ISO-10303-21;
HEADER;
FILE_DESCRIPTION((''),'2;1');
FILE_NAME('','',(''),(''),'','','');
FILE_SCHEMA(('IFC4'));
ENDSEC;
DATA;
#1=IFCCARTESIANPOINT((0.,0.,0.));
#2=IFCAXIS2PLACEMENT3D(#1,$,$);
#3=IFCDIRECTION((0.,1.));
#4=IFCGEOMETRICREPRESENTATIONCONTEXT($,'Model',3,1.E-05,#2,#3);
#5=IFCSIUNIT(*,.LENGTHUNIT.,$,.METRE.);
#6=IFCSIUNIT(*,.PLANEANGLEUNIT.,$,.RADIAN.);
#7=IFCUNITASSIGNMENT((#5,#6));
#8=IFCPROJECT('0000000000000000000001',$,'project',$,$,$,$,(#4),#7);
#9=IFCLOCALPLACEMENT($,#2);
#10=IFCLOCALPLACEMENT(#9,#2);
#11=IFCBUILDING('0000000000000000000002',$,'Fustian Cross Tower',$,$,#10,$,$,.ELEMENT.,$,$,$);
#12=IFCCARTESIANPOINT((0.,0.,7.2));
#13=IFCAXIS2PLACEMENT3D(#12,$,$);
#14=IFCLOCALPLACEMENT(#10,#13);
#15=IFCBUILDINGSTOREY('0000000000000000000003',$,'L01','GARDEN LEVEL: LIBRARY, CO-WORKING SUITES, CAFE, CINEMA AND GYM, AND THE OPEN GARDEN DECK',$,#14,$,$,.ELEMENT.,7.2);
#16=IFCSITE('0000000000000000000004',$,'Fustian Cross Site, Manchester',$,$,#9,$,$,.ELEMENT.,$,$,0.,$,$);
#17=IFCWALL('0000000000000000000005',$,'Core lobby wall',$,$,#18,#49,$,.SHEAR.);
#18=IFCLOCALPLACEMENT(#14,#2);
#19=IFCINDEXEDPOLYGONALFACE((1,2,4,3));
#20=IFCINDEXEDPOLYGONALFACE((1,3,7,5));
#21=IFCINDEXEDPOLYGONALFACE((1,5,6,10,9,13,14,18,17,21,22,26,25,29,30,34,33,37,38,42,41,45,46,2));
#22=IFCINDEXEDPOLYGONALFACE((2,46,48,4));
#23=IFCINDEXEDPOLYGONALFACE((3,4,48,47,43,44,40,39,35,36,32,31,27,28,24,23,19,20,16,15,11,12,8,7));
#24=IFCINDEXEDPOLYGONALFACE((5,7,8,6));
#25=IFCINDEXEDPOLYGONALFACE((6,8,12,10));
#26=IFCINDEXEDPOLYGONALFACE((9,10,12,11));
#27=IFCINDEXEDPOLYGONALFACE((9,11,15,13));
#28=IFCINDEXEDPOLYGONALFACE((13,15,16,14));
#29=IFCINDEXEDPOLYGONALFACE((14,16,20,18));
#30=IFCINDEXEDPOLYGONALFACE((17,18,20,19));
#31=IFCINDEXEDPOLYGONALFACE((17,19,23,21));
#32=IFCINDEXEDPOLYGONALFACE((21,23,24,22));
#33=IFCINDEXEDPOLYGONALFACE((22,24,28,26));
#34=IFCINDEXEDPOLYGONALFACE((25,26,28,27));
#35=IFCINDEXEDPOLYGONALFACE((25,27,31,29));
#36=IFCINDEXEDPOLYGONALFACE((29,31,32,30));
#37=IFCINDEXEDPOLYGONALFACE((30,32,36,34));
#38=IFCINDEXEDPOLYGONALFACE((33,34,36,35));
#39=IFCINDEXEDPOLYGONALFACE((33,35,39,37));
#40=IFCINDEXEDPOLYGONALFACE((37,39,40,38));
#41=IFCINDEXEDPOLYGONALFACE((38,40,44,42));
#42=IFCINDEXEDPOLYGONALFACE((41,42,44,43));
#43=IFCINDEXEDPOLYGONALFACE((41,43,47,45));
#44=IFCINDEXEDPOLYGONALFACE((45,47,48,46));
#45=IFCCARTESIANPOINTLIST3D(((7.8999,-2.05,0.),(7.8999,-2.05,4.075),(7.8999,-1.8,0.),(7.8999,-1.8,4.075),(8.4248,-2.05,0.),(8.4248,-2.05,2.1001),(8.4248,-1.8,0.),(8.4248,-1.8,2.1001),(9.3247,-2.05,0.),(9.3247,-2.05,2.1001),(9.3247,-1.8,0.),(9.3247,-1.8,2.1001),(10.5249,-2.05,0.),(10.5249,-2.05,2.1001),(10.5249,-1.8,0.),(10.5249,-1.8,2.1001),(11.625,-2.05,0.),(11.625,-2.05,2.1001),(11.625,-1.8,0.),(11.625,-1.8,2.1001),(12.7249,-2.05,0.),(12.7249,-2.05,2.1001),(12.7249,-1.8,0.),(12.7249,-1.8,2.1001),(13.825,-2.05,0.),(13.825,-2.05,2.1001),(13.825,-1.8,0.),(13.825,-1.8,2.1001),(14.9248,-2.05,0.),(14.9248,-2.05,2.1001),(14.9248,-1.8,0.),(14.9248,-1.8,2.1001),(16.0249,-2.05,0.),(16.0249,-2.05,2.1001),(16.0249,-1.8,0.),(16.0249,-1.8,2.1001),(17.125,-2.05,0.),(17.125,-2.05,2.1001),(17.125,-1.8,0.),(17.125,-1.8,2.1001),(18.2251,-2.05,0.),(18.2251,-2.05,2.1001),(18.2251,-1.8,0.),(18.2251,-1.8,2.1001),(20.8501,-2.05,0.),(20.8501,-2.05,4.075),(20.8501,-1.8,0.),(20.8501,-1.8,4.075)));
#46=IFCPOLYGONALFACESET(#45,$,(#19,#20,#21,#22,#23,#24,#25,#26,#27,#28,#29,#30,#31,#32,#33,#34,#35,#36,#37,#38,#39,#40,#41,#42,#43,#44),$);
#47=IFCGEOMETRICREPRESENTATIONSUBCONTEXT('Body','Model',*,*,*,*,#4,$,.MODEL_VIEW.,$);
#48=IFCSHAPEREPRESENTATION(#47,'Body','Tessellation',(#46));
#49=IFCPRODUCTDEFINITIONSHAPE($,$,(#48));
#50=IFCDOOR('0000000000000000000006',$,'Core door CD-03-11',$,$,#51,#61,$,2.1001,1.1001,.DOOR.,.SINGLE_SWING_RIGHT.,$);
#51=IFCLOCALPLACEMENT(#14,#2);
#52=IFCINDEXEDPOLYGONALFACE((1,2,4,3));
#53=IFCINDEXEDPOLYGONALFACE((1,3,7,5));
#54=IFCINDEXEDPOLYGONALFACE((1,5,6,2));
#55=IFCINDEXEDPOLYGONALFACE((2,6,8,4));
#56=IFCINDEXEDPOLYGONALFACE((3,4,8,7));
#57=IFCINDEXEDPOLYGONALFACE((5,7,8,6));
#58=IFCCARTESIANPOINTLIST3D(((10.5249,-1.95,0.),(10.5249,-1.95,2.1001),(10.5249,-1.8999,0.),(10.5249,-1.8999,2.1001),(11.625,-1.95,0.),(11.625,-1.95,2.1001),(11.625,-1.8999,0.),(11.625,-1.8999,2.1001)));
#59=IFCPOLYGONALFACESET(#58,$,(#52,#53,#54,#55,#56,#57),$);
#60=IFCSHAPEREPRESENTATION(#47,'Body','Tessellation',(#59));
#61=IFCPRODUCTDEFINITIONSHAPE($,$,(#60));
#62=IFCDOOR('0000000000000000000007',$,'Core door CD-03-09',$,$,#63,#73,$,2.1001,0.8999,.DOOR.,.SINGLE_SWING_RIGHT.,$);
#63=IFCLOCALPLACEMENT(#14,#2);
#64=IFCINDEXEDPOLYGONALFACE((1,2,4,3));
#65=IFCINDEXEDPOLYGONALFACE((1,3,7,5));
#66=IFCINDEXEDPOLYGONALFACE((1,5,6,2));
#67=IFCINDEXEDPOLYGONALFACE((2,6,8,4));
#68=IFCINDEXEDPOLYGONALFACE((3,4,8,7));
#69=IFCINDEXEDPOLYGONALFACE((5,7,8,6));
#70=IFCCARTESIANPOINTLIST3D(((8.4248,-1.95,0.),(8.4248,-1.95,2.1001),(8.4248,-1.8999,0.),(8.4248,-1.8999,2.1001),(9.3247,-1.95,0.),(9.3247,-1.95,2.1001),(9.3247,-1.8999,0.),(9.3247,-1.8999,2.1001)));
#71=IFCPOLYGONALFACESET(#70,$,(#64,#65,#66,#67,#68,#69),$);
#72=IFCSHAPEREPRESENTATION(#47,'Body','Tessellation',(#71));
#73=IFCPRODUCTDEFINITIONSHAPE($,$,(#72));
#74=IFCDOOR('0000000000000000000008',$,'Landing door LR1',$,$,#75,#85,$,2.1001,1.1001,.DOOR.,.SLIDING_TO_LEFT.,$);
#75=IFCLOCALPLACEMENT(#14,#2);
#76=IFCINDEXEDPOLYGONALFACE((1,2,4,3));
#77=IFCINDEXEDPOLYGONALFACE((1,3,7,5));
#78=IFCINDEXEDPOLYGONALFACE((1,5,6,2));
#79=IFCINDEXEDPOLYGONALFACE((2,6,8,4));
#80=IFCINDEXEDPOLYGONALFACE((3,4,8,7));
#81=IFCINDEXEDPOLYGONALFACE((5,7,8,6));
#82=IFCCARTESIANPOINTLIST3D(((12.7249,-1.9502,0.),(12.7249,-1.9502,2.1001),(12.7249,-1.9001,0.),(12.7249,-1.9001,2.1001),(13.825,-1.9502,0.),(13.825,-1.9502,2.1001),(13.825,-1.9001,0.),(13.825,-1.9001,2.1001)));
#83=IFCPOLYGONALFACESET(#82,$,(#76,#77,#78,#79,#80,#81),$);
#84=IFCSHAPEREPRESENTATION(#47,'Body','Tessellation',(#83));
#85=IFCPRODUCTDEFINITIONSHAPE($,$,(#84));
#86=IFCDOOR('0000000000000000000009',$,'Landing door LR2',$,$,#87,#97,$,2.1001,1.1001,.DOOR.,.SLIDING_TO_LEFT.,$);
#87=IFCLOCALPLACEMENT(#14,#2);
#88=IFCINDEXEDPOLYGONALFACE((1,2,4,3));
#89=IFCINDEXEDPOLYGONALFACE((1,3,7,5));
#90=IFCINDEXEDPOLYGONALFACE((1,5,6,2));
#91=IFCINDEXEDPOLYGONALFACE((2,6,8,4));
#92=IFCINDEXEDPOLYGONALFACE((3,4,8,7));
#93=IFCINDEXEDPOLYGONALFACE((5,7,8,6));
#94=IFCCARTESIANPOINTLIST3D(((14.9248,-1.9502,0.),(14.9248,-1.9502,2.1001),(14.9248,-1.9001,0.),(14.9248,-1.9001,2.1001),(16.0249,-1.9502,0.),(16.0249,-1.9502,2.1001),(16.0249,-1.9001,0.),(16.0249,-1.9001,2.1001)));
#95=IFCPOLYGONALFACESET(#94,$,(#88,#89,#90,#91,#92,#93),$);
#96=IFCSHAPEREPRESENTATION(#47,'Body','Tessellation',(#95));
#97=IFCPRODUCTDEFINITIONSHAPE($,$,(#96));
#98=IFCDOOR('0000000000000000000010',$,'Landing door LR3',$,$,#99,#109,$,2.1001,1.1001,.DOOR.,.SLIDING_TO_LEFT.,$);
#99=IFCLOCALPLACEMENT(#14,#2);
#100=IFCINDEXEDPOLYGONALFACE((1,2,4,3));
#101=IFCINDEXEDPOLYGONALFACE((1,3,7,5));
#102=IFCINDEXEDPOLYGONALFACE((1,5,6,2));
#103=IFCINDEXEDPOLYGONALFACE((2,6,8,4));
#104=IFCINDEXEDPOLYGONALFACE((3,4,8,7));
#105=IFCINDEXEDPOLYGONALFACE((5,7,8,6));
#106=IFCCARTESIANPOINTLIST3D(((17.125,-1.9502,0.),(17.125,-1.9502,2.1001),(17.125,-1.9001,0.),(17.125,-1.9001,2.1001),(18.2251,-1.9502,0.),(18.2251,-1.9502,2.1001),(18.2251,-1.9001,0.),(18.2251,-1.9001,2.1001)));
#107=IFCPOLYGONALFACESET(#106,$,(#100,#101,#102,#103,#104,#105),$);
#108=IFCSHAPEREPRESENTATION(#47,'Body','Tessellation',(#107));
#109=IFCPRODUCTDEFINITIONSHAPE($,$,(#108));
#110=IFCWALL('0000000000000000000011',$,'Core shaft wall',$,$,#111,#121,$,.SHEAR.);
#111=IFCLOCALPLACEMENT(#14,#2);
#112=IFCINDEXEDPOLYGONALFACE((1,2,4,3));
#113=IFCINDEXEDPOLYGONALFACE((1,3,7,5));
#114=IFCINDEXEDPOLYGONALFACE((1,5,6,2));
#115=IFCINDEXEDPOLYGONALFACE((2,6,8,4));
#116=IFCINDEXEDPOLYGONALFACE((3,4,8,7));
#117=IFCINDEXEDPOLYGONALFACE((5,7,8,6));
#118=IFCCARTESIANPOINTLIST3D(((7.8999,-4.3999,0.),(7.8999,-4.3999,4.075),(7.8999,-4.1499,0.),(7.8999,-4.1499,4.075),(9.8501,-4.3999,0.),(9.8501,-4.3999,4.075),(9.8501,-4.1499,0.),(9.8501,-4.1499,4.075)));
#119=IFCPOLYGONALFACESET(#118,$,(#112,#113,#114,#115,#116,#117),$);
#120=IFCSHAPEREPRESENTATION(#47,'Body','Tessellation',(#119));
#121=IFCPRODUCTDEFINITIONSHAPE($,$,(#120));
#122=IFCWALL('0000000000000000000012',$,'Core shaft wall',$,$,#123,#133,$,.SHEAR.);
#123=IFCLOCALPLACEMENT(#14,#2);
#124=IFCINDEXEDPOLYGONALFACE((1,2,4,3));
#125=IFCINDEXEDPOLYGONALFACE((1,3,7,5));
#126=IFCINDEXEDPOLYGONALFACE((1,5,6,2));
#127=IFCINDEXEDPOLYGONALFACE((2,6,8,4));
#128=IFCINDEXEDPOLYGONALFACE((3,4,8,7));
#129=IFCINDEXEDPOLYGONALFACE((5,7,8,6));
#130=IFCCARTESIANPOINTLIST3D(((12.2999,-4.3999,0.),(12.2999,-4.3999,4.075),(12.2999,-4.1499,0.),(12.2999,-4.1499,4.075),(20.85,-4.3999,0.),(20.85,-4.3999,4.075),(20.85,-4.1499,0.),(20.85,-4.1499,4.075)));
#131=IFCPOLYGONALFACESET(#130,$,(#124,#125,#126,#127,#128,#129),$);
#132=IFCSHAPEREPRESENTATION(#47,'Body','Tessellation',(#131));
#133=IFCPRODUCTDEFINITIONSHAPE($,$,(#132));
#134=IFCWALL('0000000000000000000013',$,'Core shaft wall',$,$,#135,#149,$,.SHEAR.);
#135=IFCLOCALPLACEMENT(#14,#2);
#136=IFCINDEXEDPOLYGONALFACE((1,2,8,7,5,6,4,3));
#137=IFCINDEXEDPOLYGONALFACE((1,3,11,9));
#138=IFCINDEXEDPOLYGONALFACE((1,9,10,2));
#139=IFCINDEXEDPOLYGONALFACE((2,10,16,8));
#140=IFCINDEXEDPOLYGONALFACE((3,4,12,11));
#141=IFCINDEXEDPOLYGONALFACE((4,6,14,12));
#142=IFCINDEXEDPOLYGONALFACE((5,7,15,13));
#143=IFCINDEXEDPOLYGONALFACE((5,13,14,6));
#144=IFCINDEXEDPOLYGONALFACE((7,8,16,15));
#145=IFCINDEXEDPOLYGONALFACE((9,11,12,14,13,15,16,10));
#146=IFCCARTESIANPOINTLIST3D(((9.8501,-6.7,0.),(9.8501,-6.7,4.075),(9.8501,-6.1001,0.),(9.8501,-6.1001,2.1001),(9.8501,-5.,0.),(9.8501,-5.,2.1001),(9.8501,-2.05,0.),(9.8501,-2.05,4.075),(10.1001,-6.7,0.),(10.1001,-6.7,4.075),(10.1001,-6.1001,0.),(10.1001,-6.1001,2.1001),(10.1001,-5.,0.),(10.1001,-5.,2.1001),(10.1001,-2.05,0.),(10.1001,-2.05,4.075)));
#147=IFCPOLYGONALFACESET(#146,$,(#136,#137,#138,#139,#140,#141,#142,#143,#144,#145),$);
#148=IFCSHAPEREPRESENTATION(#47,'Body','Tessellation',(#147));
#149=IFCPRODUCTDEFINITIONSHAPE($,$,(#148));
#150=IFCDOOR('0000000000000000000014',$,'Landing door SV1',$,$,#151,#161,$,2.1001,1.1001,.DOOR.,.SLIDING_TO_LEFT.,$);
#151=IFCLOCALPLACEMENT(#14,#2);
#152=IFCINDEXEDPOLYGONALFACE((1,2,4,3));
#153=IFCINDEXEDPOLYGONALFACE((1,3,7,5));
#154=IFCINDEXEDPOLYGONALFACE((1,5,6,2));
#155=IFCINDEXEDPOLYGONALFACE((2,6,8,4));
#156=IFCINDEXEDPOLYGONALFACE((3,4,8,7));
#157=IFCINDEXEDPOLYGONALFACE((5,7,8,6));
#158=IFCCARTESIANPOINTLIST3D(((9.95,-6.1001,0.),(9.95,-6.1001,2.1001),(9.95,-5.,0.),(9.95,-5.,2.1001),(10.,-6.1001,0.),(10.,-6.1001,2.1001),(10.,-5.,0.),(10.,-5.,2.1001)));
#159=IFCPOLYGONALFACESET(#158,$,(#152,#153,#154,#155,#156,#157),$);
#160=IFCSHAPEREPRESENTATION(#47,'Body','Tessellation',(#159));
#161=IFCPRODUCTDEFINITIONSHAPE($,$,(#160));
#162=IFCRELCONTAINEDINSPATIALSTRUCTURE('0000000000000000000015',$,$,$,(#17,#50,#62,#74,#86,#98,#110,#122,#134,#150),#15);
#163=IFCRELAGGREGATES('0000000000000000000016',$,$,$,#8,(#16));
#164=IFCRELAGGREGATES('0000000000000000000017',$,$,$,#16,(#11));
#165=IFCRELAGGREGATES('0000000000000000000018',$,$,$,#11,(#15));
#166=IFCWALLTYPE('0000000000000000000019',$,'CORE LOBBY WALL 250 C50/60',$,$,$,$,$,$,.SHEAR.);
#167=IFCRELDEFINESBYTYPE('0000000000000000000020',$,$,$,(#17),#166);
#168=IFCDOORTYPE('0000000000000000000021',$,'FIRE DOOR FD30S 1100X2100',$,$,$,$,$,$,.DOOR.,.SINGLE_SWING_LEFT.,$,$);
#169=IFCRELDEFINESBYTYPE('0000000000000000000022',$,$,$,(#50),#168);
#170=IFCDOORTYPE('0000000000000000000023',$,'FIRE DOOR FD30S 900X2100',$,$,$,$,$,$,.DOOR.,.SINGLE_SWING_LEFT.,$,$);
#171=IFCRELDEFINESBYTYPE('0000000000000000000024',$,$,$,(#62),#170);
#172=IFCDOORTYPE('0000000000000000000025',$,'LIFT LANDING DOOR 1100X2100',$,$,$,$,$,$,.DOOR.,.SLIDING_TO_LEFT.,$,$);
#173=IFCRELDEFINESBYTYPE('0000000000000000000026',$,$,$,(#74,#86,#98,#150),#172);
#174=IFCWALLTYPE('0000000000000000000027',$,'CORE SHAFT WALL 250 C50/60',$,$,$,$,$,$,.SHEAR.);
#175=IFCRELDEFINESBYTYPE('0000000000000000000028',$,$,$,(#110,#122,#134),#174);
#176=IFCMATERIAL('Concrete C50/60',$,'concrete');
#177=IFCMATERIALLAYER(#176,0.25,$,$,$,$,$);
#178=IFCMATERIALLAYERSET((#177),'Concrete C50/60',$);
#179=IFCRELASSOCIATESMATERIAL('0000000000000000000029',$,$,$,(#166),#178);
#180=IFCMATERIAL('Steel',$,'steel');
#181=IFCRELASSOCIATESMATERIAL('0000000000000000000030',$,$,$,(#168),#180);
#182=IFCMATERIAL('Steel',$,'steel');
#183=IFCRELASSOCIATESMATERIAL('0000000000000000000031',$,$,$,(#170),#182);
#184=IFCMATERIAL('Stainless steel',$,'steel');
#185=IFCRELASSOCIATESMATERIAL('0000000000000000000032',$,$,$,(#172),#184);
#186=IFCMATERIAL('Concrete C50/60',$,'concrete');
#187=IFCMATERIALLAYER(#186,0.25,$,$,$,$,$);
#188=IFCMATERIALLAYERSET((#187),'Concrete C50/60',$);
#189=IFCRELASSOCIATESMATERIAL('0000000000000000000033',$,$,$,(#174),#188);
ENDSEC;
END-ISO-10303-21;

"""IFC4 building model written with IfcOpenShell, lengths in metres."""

from ifc_helpers import new_model, si_unit, direction, frame, frame_2d, origin, place, context, subcontext, project, spatial, rectangle, extrude, material, layer, layer_set, type_object, element, fill, save


model = new_model("IFC4")

# Units and contexts
model_context = context("Model", 3, precision=1e-05, world=origin(), true_north=direction((0.0, 1.0)))
body_context = subcontext(model_context, "Body", "Model", "MODEL_VIEW")
ifc_project = project(units=[si_unit("LENGTHUNIT", "METRE"), si_unit("PLANEANGLEUNIT", "RADIAN")], contexts=[model_context])

# Site, building, storey
site_placement = place(None, origin())
site = spatial("IfcSite", under=ifc_project, at=site_placement, Name="Fustian Cross Site, Manchester", CompositionType="ELEMENT", RefElevation=0.0)
building_placement = place(site_placement, origin())
building = spatial("IfcBuilding", under=site, at=building_placement, Name="Fustian Cross Tower", CompositionType="ELEMENT")
storey_placement = place(building_placement, frame((0.0, 0.0, 7.2)))
storey = spatial("IfcBuildingStorey", under=building, at=storey_placement, Name="L01", Description="GARDEN LEVEL: LIBRARY, CO-WORKING SUITES, CAFE, CINEMA AND GYM, AND THE OPEN GARDEN DECK", CompositionType="ELEMENT", Elevation=7.2)

# Wall, openings, doors
ifc_material_1 = material(Name="Concrete C50/60", Category="concrete")
ifc_layer_1 = layer(ifc_material_1, 0.25)
ifc_layer_set_1 = layer_set([ifc_layer_1], Name="Concrete C50/60")
wall_type_1 = type_object("IfcWallType", Name="CORE LOBBY WALL 250 C50/60", PredefinedType="SHEAR", material=ifc_layer_set_1)
wall_1_placement = place(storey_placement, frame((7.8999, -1.925, 0.0), z_axis=(0.0, 0.0, 1.0), x_axis=(1.0, 0.0, 0.0)))
wall_1 = element("IfcWall", 1, at=wall_1_placement, inside=storey, type_object=wall_type_1, Name="Core lobby wall", PredefinedType="SHEAR", context=body_context, shape_type="SweptSolid", body=[
    extrude(rectangle(XDim=12.9502, YDim=0.25, at=frame_2d((6.4751, 0.0))), origin(), (0.0, 0.0, 1.0), 4.075),
])
opening_1_placement = place(wall_1_placement, frame((4.825, 0.0, 0.0)))
opening_1 = element("IfcOpeningElement", 2, at=opening_1_placement, cuts=wall_1, PredefinedType="OPENING", context=body_context, shape_type="SweptSolid", body=[
    extrude(rectangle(XDim=1.1001, YDim=2.1001, at=frame_2d((0.55, 1.05))), frame((0.0, 0.135, 0.0), z_axis=(0.0, -1.0, 0.0), x_axis=(1.0, 0.0, 0.0)), (0.0, 0.0, 1.0), 0.27),
])
opening_2_placement = place(wall_1_placement, frame((7.0249, 0.0, 0.0)))
opening_2 = element("IfcOpeningElement", 3, at=opening_2_placement, cuts=wall_1, PredefinedType="OPENING", context=body_context, shape_type="SweptSolid", body=[
    extrude(rectangle(XDim=1.1001, YDim=2.1001, at=frame_2d((0.55, 1.05))), frame((0.0, 0.135, 0.0), z_axis=(0.0, -1.0, 0.0), x_axis=(1.0, 0.0, 0.0)), (0.0, 0.0, 1.0), 0.27),
])
opening_3_placement = place(wall_1_placement, frame((9.2251, 0.0, 0.0)))
opening_3 = element("IfcOpeningElement", 4, at=opening_3_placement, cuts=wall_1, PredefinedType="OPENING", context=body_context, shape_type="SweptSolid", body=[
    extrude(rectangle(XDim=1.1001, YDim=2.1001, at=frame_2d((0.55, 1.05))), frame((0.0, 0.135, 0.0), z_axis=(0.0, -1.0, 0.0), x_axis=(1.0, 0.0, 0.0)), (0.0, 0.0, 1.0), 0.27),
])
opening_4_placement = place(wall_1_placement, frame((0.5249, 0.0, 0.0)))
opening_4 = element("IfcOpeningElement", 5, at=opening_4_placement, cuts=wall_1, PredefinedType="OPENING", context=body_context, shape_type="SweptSolid", body=[
    extrude(rectangle(XDim=0.8999, YDim=2.1001, at=frame_2d((0.45, 1.05))), frame((0.0, 0.135, 0.0), z_axis=(0.0, -1.0, 0.0), x_axis=(1.0, 0.0, 0.0)), (0.0, 0.0, 1.0), 0.27),
])
opening_5_placement = place(wall_1_placement, frame((2.625, 0.0, 0.0)))
opening_5 = element("IfcOpeningElement", 6, at=opening_5_placement, cuts=wall_1, PredefinedType="OPENING", context=body_context, shape_type="SweptSolid", body=[
    extrude(rectangle(XDim=1.1001, YDim=2.1001, at=frame_2d((0.55, 1.05))), frame((0.0, 0.135, 0.0), z_axis=(0.0, -1.0, 0.0), x_axis=(1.0, 0.0, 0.0)), (0.0, 0.0, 1.0), 0.27),
])
ifc_material_2 = material(Name="Steel", Category="steel")
door_type_1 = type_object("IfcDoorType", Name="FIRE DOOR FD30S 1100X2100", OperationType="SINGLE_SWING_LEFT", PredefinedType="DOOR", material=ifc_material_2)
door_1_placement = place(opening_5_placement, frame((1.1001, 0.0, 0.0), z_axis=(0.0, 0.0, 1.0), x_axis=(-1.0, 0.0, 0.0)))
door_1 = element("IfcDoor", 7, at=door_1_placement, inside=storey, type_object=door_type_1, Name="Core door CD-03-11", OperationType="SINGLE_SWING_RIGHT", OverallHeight=2.1001, OverallWidth=1.1001, PredefinedType="DOOR", context=body_context, shape_type="SweptSolid", body=[
    extrude(rectangle(XDim=1.1001, YDim=2.1001, at=frame_2d((0.55, 1.05))), frame((0.0, 0.0249, 0.0), z_axis=(0.0, -1.0, 0.0), x_axis=(1.0, 0.0, 0.0)), (0.0, 0.0, 1.0), 0.05),
])
fill(opening_5, door_1)
ifc_material_3 = material(Name="Steel", Category="steel")
door_type_2 = type_object("IfcDoorType", Name="FIRE DOOR FD30S 900X2100", OperationType="SINGLE_SWING_LEFT", PredefinedType="DOOR", material=ifc_material_3)
door_2_placement = place(opening_4_placement, frame((0.8999, 0.0, 0.0), z_axis=(0.0, 0.0, 1.0), x_axis=(-1.0, 0.0, 0.0)))
door_2 = element("IfcDoor", 8, at=door_2_placement, inside=storey, type_object=door_type_2, Name="Core door CD-03-09", OperationType="SINGLE_SWING_RIGHT", OverallHeight=2.1001, OverallWidth=0.8999, PredefinedType="DOOR", context=body_context, shape_type="SweptSolid", body=[
    extrude(rectangle(XDim=0.8999, YDim=2.1001, at=frame_2d((0.45, 1.05))), frame((0.0, 0.0249, 0.0), z_axis=(0.0, -1.0, 0.0), x_axis=(1.0, 0.0, 0.0)), (0.0, 0.0, 1.0), 0.05),
])
fill(opening_4, door_2)
ifc_material_4 = material(Name="Stainless steel", Category="steel")
door_type_3 = type_object("IfcDoorType", Name="LIFT LANDING DOOR 1100X2100", OperationType="SLIDING_TO_LEFT", PredefinedType="DOOR", material=ifc_material_4)
door_3_placement = place(opening_1_placement, origin())
door_3 = element("IfcDoor", 9, at=door_3_placement, inside=storey, type_object=door_type_3, Name="Landing door LR1", OperationType="SLIDING_TO_LEFT", OverallHeight=2.1001, OverallWidth=1.1001, PredefinedType="DOOR", context=body_context, shape_type="SweptSolid", body=[
    extrude(rectangle(XDim=1.1001, YDim=2.1001, at=frame_2d((0.55, 1.05))), frame((0.0, 0.0249, 0.0), z_axis=(0.0, -1.0, 0.0), x_axis=(1.0, 0.0, 0.0)), (0.0, 0.0, 1.0), 0.05),
])
fill(opening_1, door_3)
door_4_placement = place(opening_2_placement, origin())
door_4 = element("IfcDoor", 10, at=door_4_placement, inside=storey, type_object=door_type_3, Name="Landing door LR2", OperationType="SLIDING_TO_LEFT", OverallHeight=2.1001, OverallWidth=1.1001, PredefinedType="DOOR", context=body_context, shape_type="SweptSolid", body=[
    extrude(rectangle(XDim=1.1001, YDim=2.1001, at=frame_2d((0.55, 1.05))), frame((0.0, 0.0249, 0.0), z_axis=(0.0, -1.0, 0.0), x_axis=(1.0, 0.0, 0.0)), (0.0, 0.0, 1.0), 0.05),
])
fill(opening_2, door_4)
door_5_placement = place(opening_3_placement, origin())
door_5 = element("IfcDoor", 11, at=door_5_placement, inside=storey, type_object=door_type_3, Name="Landing door LR3", OperationType="SLIDING_TO_LEFT", OverallHeight=2.1001, OverallWidth=1.1001, PredefinedType="DOOR", context=body_context, shape_type="SweptSolid", body=[
    extrude(rectangle(XDim=1.1001, YDim=2.1001, at=frame_2d((0.55, 1.05))), frame((0.0, 0.0249, 0.0), z_axis=(0.0, -1.0, 0.0), x_axis=(1.0, 0.0, 0.0)), (0.0, 0.0, 1.0), 0.05),
])
fill(opening_3, door_5)

# Walls
ifc_material_5 = material(Name="Concrete C50/60", Category="concrete")
ifc_layer_2 = layer(ifc_material_5, 0.25)
ifc_layer_set_2 = layer_set([ifc_layer_2], Name="Concrete C50/60")
wall_type_2 = type_object("IfcWallType", Name="CORE SHAFT WALL 250 C50/60", PredefinedType="SHEAR", material=ifc_layer_set_2)
wall_2_placement = place(storey_placement, frame((7.8999, -4.2749, 0.0), z_axis=(0.0, 0.0, 1.0), x_axis=(1.0, 0.0, 0.0)))
element("IfcWall", 12, at=wall_2_placement, inside=storey, type_object=wall_type_2, Name="Core shaft wall", PredefinedType="SHEAR", context=body_context, shape_type="SweptSolid", body=[
    extrude(rectangle(XDim=1.9502, YDim=0.25, at=frame_2d((0.9751, 0.0))), origin(), (0.0, 0.0, 1.0), 4.075),
])
wall_3_placement = place(storey_placement, frame((12.3, -4.2749, 0.0), z_axis=(0.0, 0.0, 1.0), x_axis=(1.0, 0.0, 0.0)))
element("IfcWall", 13, at=wall_3_placement, inside=storey, type_object=wall_type_2, Name="Core shaft wall", PredefinedType="SHEAR", context=body_context, shape_type="SweptSolid", body=[
    extrude(rectangle(XDim=8.55, YDim=0.25, at=frame_2d((4.2749, 0.0))), origin(), (0.0, 0.0, 1.0), 4.075),
])

# Wall, opening, door
wall_4_placement = place(storey_placement, frame((9.9751, -2.05, 0.0), z_axis=(0.0, 0.0, 1.0), x_axis=(0.0, -1.0, 0.0)))
wall_4 = element("IfcWall", 14, at=wall_4_placement, inside=storey, type_object=wall_type_2, Name="Core shaft wall", PredefinedType="SHEAR", context=body_context, shape_type="SweptSolid", body=[
    extrude(rectangle(XDim=4.6499, YDim=0.25, at=frame_2d((2.325, 0.0))), origin(), (0.0, 0.0, 1.0), 4.075),
])
opening_6_placement = place(wall_4_placement, frame((2.95, 0.0, 0.0)))
opening_6 = element("IfcOpeningElement", 15, at=opening_6_placement, cuts=wall_4, PredefinedType="OPENING", context=body_context, shape_type="SweptSolid", body=[
    extrude(rectangle(XDim=1.1001, YDim=2.1001, at=frame_2d((0.55, 1.05))), frame((0.0, 0.135, 0.0), z_axis=(0.0, -1.0, 0.0), x_axis=(1.0, 0.0, 0.0)), (0.0, 0.0, 1.0), 0.27),
])
door_6_placement = place(opening_6_placement, origin())
door_6 = element("IfcDoor", 16, at=door_6_placement, inside=storey, type_object=door_type_3, Name="Landing door SV1", OperationType="SLIDING_TO_LEFT", OverallHeight=2.1001, OverallWidth=1.1001, PredefinedType="DOOR", context=body_context, shape_type="SweptSolid", body=[
    extrude(rectangle(XDim=1.1001, YDim=2.1001, at=frame_2d((0.55, 1.05))), frame((0.0, 0.0249, 0.0), z_axis=(0.0, -1.0, 0.0), x_axis=(1.0, 0.0, 0.0)), (0.0, 0.0, 1.0), 0.05),
])
fill(opening_6, door_6)

save(model, "model.ifc")
